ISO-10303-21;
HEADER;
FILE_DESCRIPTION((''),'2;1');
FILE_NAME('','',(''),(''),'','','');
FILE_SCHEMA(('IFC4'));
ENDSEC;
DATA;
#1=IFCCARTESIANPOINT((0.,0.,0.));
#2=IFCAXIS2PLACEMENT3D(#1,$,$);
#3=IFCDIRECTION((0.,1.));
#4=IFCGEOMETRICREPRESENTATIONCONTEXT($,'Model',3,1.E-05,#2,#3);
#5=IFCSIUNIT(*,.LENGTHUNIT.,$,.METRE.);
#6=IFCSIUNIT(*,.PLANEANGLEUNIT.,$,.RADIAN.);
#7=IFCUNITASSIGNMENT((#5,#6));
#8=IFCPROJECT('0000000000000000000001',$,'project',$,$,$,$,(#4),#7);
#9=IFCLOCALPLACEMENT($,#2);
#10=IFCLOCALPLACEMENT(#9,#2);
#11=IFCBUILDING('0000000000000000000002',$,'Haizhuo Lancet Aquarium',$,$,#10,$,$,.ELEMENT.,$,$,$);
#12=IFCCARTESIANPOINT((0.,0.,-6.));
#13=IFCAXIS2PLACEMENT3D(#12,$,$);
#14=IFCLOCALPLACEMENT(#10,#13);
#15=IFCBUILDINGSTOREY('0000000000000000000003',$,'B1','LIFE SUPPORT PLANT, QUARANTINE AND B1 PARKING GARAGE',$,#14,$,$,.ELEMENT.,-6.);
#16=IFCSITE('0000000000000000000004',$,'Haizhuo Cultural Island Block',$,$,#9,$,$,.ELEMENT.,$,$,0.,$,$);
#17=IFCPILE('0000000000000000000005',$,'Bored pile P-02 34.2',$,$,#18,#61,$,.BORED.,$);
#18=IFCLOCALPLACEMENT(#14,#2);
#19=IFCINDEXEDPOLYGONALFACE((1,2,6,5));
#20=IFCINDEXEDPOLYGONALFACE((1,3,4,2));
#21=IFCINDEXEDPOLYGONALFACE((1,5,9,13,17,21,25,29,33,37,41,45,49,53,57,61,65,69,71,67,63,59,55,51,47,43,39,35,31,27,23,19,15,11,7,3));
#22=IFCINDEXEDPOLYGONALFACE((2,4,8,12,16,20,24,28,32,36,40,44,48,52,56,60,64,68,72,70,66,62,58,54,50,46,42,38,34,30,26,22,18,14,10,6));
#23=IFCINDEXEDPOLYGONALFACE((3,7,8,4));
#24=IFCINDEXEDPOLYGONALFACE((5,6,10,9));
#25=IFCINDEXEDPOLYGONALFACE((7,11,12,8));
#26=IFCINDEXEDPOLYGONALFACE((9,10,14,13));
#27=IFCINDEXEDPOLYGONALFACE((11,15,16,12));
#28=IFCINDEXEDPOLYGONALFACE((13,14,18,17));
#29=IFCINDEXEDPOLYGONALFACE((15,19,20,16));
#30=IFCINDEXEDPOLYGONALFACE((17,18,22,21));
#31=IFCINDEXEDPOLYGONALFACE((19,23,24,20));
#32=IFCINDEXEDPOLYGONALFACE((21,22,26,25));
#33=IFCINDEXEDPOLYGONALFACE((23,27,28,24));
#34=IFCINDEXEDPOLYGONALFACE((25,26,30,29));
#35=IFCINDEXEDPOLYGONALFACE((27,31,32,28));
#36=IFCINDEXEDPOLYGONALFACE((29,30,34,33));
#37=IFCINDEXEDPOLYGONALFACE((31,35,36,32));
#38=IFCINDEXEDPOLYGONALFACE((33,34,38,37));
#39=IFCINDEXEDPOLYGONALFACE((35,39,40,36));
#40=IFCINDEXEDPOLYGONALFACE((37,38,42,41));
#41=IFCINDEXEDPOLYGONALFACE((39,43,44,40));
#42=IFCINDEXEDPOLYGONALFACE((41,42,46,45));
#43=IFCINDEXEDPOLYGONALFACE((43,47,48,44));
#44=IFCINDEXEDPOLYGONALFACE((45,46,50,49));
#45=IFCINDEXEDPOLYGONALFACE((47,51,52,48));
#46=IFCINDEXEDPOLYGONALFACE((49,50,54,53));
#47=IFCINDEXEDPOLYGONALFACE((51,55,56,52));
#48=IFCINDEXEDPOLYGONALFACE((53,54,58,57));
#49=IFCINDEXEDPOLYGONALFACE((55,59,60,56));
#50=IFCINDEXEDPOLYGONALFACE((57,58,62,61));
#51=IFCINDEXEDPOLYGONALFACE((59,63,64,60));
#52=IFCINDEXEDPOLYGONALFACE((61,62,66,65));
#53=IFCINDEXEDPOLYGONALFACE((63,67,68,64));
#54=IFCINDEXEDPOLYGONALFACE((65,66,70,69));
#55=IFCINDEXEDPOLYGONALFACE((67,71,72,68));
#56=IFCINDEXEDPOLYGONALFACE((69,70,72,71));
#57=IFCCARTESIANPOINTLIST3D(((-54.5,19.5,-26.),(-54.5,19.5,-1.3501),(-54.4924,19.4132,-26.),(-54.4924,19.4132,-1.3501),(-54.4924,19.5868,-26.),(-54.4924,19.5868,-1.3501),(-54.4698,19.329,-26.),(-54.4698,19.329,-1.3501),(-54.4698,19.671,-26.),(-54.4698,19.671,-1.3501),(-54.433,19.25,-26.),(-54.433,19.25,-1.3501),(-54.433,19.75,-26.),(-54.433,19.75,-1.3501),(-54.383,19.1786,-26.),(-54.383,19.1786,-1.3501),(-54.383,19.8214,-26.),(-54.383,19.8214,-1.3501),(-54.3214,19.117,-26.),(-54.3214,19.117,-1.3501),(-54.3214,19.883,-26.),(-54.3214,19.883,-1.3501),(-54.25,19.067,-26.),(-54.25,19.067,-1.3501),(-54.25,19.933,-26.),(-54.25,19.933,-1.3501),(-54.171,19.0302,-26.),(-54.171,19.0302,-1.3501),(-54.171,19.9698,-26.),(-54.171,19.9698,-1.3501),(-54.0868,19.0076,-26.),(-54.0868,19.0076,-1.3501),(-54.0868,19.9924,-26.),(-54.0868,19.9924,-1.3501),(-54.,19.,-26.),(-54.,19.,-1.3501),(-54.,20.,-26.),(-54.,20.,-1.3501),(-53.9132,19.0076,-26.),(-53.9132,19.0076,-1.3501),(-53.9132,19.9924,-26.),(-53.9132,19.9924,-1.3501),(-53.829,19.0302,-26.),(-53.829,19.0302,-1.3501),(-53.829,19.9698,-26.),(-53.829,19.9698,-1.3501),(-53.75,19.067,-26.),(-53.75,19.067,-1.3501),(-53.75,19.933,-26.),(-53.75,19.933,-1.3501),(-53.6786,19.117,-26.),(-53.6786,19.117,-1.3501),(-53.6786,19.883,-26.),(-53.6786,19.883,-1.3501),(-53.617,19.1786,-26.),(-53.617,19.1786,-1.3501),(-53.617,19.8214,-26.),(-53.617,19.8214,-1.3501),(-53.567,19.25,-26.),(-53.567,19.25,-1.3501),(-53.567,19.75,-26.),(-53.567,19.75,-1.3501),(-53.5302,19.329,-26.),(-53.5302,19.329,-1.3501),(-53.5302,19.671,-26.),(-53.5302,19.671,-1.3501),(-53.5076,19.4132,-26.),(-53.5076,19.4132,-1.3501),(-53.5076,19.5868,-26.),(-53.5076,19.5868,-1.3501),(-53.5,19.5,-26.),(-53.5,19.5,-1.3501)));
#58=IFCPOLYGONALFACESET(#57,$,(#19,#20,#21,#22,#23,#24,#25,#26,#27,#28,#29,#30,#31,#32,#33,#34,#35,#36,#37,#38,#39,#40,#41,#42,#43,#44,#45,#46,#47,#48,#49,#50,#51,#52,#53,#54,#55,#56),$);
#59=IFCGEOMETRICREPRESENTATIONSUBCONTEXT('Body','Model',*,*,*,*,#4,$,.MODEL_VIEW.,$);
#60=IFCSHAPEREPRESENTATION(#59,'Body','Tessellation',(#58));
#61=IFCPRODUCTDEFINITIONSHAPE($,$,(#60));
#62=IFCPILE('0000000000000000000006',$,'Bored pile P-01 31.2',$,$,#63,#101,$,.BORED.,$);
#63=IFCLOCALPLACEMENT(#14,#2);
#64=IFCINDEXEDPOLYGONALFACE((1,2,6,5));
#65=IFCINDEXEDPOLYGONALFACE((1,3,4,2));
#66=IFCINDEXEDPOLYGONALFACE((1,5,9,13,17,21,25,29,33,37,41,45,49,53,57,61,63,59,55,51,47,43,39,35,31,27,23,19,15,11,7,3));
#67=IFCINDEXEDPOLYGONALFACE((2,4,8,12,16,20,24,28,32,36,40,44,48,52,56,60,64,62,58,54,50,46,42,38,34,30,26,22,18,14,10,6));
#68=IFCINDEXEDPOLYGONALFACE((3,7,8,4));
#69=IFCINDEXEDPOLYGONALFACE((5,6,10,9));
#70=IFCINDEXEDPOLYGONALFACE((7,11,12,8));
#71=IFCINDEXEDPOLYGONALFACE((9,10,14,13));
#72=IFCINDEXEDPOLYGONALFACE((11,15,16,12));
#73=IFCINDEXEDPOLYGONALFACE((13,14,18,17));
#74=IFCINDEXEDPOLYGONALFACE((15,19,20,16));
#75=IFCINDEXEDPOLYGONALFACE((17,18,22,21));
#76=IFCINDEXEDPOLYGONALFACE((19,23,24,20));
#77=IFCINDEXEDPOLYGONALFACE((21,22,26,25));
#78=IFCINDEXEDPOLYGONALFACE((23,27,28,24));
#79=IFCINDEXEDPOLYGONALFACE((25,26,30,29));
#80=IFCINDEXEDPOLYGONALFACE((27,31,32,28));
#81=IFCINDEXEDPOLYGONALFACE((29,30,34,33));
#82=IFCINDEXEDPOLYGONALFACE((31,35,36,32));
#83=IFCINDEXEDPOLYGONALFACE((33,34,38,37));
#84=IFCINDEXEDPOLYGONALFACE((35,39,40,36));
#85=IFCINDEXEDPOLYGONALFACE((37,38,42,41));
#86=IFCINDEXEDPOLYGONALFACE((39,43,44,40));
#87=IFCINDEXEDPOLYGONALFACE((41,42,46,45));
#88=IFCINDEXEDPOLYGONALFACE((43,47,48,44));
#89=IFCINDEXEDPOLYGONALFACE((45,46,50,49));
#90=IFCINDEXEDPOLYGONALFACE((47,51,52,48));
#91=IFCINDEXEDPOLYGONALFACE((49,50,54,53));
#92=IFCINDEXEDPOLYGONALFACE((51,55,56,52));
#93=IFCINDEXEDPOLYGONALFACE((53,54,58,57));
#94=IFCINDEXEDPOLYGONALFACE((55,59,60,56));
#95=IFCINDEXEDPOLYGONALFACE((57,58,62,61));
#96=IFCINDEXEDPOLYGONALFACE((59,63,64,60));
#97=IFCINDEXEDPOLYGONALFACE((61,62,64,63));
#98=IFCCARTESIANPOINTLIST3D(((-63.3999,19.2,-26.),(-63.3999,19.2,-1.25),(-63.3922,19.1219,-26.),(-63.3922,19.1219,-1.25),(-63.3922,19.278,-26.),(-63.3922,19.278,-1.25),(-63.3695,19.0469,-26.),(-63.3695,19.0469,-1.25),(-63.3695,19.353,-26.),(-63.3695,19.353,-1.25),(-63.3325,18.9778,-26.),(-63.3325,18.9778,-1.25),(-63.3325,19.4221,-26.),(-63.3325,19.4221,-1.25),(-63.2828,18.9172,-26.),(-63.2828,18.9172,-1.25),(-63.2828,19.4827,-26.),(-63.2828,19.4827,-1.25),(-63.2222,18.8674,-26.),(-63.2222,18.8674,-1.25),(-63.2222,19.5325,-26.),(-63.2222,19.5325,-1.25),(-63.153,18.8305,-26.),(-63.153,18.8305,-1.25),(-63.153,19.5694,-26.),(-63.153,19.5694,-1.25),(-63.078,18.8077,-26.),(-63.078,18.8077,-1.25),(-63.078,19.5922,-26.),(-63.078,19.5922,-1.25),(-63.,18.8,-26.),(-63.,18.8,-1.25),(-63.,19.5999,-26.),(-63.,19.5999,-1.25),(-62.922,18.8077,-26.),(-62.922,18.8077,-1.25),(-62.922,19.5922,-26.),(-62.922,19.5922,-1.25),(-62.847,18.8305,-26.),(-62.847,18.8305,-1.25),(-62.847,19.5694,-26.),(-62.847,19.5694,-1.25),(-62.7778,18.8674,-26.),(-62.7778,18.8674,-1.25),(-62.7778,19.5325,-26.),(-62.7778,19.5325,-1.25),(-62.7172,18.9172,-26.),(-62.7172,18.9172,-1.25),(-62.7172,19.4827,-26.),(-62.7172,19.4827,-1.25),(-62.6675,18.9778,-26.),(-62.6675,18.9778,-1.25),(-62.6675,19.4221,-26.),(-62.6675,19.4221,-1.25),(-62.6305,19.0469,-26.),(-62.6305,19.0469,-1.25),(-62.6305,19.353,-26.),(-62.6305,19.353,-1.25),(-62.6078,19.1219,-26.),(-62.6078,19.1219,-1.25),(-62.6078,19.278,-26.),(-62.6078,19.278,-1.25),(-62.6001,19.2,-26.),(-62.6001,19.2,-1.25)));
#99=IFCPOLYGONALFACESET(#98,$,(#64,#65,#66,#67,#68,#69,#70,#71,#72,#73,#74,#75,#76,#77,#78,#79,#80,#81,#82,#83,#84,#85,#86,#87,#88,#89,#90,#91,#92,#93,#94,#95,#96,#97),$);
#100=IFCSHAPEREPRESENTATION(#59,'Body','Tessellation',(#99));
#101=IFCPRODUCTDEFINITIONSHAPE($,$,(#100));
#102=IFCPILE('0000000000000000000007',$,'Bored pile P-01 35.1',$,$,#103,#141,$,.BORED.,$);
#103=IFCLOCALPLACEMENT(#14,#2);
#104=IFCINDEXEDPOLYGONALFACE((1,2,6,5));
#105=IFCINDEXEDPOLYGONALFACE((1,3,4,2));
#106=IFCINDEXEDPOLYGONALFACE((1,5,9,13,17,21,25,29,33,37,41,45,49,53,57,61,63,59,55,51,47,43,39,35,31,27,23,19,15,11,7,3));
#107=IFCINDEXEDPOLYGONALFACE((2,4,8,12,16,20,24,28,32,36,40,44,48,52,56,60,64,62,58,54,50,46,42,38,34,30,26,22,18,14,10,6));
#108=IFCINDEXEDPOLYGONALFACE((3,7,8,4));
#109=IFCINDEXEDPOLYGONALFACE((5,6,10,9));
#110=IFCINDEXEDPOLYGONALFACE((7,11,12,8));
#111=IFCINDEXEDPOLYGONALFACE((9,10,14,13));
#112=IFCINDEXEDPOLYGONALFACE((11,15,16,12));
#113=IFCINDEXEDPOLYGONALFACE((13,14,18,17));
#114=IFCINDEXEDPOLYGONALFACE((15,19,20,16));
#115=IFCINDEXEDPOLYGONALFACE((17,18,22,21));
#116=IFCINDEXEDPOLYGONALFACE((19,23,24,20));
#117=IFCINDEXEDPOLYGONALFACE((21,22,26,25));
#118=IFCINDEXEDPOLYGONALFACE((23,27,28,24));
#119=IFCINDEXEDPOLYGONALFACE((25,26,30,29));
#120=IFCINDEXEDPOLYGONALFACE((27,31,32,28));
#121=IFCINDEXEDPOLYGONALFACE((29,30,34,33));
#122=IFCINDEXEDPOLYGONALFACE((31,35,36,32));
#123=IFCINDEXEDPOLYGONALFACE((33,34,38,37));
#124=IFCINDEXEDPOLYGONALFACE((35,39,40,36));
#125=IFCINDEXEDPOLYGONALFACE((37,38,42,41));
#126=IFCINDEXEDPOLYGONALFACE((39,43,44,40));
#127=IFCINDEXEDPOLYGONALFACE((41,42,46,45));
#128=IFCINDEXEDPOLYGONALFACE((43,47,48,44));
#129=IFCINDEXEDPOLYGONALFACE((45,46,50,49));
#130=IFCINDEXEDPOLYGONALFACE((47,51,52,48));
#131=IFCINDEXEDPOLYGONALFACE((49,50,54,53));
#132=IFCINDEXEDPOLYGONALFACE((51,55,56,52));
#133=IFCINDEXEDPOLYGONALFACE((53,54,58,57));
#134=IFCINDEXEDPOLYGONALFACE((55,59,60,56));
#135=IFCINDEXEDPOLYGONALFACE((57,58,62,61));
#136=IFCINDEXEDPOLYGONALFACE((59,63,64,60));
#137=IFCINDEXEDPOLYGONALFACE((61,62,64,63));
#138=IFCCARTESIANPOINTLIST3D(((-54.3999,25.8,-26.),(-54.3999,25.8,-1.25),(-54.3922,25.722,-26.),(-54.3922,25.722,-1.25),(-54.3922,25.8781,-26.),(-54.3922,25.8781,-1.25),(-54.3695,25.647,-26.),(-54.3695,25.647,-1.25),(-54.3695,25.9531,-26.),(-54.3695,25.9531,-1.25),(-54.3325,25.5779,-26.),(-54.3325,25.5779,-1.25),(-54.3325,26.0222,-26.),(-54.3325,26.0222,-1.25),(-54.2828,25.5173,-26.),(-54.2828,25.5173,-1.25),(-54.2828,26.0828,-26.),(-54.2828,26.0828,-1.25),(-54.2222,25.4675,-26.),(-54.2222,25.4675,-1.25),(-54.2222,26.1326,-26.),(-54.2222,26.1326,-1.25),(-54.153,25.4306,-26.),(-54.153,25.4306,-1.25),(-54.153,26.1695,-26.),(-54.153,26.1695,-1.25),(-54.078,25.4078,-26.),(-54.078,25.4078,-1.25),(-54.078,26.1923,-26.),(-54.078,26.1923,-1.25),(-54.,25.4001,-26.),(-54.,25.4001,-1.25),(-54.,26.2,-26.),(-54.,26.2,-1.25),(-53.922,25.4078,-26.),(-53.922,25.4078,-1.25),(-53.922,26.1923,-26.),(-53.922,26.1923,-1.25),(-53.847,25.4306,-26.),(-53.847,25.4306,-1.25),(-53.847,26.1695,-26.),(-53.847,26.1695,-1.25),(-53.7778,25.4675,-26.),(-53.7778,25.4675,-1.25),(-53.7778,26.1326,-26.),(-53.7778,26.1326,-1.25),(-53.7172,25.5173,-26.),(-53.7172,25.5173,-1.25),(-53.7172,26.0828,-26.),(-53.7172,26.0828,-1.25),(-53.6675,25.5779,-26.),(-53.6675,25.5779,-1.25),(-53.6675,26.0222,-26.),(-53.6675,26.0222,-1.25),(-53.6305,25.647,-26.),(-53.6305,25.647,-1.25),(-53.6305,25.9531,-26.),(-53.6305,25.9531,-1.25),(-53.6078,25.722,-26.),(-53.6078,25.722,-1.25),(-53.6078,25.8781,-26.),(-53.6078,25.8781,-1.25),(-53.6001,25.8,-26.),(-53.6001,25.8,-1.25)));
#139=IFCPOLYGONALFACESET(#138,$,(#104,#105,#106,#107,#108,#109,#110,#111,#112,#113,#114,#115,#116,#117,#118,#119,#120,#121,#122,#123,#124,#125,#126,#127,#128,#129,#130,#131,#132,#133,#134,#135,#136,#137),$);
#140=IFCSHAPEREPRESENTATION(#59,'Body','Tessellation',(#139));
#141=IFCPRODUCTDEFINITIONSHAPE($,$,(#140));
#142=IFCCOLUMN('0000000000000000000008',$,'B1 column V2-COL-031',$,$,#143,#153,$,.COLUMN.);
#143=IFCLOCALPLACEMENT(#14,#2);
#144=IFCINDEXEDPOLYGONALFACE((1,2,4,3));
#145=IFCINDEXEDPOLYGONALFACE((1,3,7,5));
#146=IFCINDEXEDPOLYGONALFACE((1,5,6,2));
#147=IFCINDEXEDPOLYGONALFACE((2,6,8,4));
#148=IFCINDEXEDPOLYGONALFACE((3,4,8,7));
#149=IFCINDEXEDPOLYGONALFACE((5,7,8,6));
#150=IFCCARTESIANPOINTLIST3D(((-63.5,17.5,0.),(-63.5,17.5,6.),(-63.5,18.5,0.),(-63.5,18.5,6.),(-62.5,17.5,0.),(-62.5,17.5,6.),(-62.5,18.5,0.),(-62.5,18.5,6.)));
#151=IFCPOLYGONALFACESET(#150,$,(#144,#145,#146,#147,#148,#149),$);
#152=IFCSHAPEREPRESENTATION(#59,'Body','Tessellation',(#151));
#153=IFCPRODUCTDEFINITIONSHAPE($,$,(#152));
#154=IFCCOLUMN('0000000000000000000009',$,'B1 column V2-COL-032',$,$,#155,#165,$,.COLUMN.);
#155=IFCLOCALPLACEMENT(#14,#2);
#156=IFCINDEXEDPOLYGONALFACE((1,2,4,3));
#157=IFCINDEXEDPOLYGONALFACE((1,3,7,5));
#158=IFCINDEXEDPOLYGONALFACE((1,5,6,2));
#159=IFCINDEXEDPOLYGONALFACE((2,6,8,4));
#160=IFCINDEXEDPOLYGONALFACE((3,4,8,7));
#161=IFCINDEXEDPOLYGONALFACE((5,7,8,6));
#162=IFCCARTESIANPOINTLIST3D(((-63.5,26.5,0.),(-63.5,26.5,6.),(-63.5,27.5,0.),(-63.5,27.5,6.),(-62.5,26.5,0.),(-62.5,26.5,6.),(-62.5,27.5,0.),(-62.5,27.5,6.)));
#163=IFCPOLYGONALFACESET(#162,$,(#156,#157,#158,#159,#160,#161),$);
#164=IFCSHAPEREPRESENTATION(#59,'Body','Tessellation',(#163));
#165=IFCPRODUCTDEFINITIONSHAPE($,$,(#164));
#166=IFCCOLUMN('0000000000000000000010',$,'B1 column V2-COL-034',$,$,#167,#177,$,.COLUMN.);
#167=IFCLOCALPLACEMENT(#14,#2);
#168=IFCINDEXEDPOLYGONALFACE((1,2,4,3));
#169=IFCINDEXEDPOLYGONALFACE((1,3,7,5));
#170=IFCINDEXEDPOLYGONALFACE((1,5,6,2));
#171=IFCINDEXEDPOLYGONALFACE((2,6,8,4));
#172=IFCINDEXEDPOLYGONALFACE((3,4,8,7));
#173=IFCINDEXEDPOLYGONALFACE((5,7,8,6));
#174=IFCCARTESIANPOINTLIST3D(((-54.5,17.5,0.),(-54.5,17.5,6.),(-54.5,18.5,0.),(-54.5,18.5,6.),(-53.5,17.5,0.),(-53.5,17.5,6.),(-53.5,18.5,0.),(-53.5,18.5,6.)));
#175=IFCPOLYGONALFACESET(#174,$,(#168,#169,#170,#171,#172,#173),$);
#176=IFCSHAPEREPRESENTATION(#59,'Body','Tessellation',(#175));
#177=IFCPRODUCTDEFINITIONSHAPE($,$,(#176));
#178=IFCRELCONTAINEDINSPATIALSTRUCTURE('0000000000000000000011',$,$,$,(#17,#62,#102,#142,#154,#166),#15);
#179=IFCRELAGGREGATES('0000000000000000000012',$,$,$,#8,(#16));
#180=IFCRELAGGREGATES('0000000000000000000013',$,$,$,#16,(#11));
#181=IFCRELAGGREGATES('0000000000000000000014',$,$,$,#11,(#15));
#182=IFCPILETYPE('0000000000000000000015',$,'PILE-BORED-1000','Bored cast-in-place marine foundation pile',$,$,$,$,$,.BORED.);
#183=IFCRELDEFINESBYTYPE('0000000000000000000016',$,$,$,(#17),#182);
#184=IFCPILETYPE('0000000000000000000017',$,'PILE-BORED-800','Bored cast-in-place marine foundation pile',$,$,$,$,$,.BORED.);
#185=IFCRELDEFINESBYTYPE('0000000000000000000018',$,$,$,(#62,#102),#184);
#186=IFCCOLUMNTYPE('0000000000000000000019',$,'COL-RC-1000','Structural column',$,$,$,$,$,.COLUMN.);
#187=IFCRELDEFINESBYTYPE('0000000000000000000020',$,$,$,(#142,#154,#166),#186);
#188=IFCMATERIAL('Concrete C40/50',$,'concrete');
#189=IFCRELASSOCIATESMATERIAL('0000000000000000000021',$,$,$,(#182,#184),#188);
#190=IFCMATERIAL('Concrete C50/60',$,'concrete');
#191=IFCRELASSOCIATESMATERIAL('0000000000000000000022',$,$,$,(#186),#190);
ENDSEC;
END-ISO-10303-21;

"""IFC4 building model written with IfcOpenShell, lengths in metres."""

from ifc_helpers import new_model, si_unit, direction, frame, origin, origin_2d, place, context, subcontext, project, spatial, rectangle, circle, extrude, material, material_profile, profile_set, type_object, element, save


model = new_model("IFC4")

# Units and contexts
model_context = context("Model", 3, precision=1e-05, world=origin(), true_north=direction((0.0, 1.0)))
body_context = subcontext(model_context, "Body", "Model", "MODEL_VIEW")
ifc_project = project(units=[si_unit("LENGTHUNIT", "METRE"), si_unit("PLANEANGLEUNIT", "RADIAN")], contexts=[model_context])

# Site, building, storey
site_placement = place(None, origin())
site = spatial("IfcSite", under=ifc_project, at=site_placement, Name="Haizhuo Cultural Island Block", CompositionType="ELEMENT", RefElevation=0.0)
building_placement = place(site_placement, origin())
building = spatial("IfcBuilding", under=site, at=building_placement, Name="Haizhuo Lancet Aquarium", CompositionType="ELEMENT")
storey_placement = place(building_placement, frame((0.0, 0.0, -6.0)))
storey = spatial("IfcBuildingStorey", under=building, at=storey_placement, Name="B1", Description="LIFE SUPPORT PLANT, QUARANTINE AND B1 PARKING GARAGE", CompositionType="ELEMENT", Elevation=-6.0)

# Shared definitions
ifc_material_1 = material(Name="Concrete C40/50", Category="concrete")

# Piles
ifc_material_profile_1 = material_profile(ifc_material_1, circle(Radius=0.5, at=origin_2d()), Name="PILE-1000")
ifc_profile_set_1 = profile_set([ifc_material_profile_1], Name="Concrete C40/50")
pile_type_1 = type_object("IfcPileType", Name="PILE-BORED-1000", Description="Bored cast-in-place marine foundation pile", PredefinedType="BORED", material=ifc_profile_set_1)
for number, where, z_axis, x_axis, name in (
    (1, (-54.0, 19.5, -1.3501), (0.0, 0.0, -1.0), (1.0, 0.0, 0.0), "Bored pile P-02 34.2"),
):
    element("IfcPile", number, at=place(storey_placement, frame(where, z_axis=z_axis, x_axis=x_axis)), inside=storey, type_object=pile_type_1, Name=name, PredefinedType="BORED", context=body_context, shape_type="SweptSolid", body=[
        extrude(circle(Radius=0.5, at=origin_2d()), origin(), (0.0, 0.0, 1.0), 24.6499),
    ])
ifc_material_profile_2 = material_profile(ifc_material_1, circle(Radius=0.3999, at=origin_2d()), Name="PILE-800")
ifc_profile_set_2 = profile_set([ifc_material_profile_2], Name="Concrete C40/50")
pile_type_2 = type_object("IfcPileType", Name="PILE-BORED-800", Description="Bored cast-in-place marine foundation pile", PredefinedType="BORED", material=ifc_profile_set_2)
for number, where, z_axis, x_axis, name in (
    (2, (-63.0, 19.2, -1.25), (0.0, 0.0, -1.0), (1.0, 0.0, 0.0), "Bored pile P-01 31.2"),
    (3, (-54.0, 25.8, -1.25), (0.0, 0.0, -1.0), (1.0, 0.0, 0.0), "Bored pile P-01 35.1"),
):
    element("IfcPile", number, at=place(storey_placement, frame(where, z_axis=z_axis, x_axis=x_axis)), inside=storey, type_object=pile_type_2, Name=name, PredefinedType="BORED", context=body_context, shape_type="SweptSolid", body=[
        extrude(circle(Radius=0.3999, at=origin_2d()), origin(), (0.0, 0.0, 1.0), 24.75),
    ])

# Columns
ifc_material_2 = material(Name="Concrete C50/60", Category="concrete")
ifc_material_profile_3 = material_profile(ifc_material_2, rectangle(XDim=1.0, YDim=1.0, at=origin_2d()), Name="RC-COL 1000x1000")
ifc_profile_set_3 = profile_set([ifc_material_profile_3], Name="Concrete C50/60")
column_type = type_object("IfcColumnType", Name="COL-RC-1000", Description="Structural column", PredefinedType="COLUMN", material=ifc_profile_set_3)
for number, where, z_axis, x_axis, name in (
    (4, (-63.0, 18.0, 0.0), (0.0, 0.0, 1.0), (1.0, 0.0, 0.0), "B1 column V2-COL-031"),
    (5, (-63.0, 27.0, 0.0), (0.0, 0.0, 1.0), (1.0, 0.0, 0.0), "B1 column V2-COL-032"),
    (6, (-54.0, 18.0, 0.0), (0.0, 0.0, 1.0), (1.0, 0.0, 0.0), "B1 column V2-COL-034"),
):
    element("IfcColumn", number, at=place(storey_placement, frame(where, z_axis=z_axis, x_axis=x_axis)), inside=storey, type_object=column_type, Name=name, PredefinedType="COLUMN", context=body_context, shape_type="SweptSolid", body=[
        extrude(rectangle(XDim=1.0, YDim=1.0, at=origin_2d()), origin(), (0.0, 0.0, 1.0), 6.0),
    ])

save(model, "model.ifc")
